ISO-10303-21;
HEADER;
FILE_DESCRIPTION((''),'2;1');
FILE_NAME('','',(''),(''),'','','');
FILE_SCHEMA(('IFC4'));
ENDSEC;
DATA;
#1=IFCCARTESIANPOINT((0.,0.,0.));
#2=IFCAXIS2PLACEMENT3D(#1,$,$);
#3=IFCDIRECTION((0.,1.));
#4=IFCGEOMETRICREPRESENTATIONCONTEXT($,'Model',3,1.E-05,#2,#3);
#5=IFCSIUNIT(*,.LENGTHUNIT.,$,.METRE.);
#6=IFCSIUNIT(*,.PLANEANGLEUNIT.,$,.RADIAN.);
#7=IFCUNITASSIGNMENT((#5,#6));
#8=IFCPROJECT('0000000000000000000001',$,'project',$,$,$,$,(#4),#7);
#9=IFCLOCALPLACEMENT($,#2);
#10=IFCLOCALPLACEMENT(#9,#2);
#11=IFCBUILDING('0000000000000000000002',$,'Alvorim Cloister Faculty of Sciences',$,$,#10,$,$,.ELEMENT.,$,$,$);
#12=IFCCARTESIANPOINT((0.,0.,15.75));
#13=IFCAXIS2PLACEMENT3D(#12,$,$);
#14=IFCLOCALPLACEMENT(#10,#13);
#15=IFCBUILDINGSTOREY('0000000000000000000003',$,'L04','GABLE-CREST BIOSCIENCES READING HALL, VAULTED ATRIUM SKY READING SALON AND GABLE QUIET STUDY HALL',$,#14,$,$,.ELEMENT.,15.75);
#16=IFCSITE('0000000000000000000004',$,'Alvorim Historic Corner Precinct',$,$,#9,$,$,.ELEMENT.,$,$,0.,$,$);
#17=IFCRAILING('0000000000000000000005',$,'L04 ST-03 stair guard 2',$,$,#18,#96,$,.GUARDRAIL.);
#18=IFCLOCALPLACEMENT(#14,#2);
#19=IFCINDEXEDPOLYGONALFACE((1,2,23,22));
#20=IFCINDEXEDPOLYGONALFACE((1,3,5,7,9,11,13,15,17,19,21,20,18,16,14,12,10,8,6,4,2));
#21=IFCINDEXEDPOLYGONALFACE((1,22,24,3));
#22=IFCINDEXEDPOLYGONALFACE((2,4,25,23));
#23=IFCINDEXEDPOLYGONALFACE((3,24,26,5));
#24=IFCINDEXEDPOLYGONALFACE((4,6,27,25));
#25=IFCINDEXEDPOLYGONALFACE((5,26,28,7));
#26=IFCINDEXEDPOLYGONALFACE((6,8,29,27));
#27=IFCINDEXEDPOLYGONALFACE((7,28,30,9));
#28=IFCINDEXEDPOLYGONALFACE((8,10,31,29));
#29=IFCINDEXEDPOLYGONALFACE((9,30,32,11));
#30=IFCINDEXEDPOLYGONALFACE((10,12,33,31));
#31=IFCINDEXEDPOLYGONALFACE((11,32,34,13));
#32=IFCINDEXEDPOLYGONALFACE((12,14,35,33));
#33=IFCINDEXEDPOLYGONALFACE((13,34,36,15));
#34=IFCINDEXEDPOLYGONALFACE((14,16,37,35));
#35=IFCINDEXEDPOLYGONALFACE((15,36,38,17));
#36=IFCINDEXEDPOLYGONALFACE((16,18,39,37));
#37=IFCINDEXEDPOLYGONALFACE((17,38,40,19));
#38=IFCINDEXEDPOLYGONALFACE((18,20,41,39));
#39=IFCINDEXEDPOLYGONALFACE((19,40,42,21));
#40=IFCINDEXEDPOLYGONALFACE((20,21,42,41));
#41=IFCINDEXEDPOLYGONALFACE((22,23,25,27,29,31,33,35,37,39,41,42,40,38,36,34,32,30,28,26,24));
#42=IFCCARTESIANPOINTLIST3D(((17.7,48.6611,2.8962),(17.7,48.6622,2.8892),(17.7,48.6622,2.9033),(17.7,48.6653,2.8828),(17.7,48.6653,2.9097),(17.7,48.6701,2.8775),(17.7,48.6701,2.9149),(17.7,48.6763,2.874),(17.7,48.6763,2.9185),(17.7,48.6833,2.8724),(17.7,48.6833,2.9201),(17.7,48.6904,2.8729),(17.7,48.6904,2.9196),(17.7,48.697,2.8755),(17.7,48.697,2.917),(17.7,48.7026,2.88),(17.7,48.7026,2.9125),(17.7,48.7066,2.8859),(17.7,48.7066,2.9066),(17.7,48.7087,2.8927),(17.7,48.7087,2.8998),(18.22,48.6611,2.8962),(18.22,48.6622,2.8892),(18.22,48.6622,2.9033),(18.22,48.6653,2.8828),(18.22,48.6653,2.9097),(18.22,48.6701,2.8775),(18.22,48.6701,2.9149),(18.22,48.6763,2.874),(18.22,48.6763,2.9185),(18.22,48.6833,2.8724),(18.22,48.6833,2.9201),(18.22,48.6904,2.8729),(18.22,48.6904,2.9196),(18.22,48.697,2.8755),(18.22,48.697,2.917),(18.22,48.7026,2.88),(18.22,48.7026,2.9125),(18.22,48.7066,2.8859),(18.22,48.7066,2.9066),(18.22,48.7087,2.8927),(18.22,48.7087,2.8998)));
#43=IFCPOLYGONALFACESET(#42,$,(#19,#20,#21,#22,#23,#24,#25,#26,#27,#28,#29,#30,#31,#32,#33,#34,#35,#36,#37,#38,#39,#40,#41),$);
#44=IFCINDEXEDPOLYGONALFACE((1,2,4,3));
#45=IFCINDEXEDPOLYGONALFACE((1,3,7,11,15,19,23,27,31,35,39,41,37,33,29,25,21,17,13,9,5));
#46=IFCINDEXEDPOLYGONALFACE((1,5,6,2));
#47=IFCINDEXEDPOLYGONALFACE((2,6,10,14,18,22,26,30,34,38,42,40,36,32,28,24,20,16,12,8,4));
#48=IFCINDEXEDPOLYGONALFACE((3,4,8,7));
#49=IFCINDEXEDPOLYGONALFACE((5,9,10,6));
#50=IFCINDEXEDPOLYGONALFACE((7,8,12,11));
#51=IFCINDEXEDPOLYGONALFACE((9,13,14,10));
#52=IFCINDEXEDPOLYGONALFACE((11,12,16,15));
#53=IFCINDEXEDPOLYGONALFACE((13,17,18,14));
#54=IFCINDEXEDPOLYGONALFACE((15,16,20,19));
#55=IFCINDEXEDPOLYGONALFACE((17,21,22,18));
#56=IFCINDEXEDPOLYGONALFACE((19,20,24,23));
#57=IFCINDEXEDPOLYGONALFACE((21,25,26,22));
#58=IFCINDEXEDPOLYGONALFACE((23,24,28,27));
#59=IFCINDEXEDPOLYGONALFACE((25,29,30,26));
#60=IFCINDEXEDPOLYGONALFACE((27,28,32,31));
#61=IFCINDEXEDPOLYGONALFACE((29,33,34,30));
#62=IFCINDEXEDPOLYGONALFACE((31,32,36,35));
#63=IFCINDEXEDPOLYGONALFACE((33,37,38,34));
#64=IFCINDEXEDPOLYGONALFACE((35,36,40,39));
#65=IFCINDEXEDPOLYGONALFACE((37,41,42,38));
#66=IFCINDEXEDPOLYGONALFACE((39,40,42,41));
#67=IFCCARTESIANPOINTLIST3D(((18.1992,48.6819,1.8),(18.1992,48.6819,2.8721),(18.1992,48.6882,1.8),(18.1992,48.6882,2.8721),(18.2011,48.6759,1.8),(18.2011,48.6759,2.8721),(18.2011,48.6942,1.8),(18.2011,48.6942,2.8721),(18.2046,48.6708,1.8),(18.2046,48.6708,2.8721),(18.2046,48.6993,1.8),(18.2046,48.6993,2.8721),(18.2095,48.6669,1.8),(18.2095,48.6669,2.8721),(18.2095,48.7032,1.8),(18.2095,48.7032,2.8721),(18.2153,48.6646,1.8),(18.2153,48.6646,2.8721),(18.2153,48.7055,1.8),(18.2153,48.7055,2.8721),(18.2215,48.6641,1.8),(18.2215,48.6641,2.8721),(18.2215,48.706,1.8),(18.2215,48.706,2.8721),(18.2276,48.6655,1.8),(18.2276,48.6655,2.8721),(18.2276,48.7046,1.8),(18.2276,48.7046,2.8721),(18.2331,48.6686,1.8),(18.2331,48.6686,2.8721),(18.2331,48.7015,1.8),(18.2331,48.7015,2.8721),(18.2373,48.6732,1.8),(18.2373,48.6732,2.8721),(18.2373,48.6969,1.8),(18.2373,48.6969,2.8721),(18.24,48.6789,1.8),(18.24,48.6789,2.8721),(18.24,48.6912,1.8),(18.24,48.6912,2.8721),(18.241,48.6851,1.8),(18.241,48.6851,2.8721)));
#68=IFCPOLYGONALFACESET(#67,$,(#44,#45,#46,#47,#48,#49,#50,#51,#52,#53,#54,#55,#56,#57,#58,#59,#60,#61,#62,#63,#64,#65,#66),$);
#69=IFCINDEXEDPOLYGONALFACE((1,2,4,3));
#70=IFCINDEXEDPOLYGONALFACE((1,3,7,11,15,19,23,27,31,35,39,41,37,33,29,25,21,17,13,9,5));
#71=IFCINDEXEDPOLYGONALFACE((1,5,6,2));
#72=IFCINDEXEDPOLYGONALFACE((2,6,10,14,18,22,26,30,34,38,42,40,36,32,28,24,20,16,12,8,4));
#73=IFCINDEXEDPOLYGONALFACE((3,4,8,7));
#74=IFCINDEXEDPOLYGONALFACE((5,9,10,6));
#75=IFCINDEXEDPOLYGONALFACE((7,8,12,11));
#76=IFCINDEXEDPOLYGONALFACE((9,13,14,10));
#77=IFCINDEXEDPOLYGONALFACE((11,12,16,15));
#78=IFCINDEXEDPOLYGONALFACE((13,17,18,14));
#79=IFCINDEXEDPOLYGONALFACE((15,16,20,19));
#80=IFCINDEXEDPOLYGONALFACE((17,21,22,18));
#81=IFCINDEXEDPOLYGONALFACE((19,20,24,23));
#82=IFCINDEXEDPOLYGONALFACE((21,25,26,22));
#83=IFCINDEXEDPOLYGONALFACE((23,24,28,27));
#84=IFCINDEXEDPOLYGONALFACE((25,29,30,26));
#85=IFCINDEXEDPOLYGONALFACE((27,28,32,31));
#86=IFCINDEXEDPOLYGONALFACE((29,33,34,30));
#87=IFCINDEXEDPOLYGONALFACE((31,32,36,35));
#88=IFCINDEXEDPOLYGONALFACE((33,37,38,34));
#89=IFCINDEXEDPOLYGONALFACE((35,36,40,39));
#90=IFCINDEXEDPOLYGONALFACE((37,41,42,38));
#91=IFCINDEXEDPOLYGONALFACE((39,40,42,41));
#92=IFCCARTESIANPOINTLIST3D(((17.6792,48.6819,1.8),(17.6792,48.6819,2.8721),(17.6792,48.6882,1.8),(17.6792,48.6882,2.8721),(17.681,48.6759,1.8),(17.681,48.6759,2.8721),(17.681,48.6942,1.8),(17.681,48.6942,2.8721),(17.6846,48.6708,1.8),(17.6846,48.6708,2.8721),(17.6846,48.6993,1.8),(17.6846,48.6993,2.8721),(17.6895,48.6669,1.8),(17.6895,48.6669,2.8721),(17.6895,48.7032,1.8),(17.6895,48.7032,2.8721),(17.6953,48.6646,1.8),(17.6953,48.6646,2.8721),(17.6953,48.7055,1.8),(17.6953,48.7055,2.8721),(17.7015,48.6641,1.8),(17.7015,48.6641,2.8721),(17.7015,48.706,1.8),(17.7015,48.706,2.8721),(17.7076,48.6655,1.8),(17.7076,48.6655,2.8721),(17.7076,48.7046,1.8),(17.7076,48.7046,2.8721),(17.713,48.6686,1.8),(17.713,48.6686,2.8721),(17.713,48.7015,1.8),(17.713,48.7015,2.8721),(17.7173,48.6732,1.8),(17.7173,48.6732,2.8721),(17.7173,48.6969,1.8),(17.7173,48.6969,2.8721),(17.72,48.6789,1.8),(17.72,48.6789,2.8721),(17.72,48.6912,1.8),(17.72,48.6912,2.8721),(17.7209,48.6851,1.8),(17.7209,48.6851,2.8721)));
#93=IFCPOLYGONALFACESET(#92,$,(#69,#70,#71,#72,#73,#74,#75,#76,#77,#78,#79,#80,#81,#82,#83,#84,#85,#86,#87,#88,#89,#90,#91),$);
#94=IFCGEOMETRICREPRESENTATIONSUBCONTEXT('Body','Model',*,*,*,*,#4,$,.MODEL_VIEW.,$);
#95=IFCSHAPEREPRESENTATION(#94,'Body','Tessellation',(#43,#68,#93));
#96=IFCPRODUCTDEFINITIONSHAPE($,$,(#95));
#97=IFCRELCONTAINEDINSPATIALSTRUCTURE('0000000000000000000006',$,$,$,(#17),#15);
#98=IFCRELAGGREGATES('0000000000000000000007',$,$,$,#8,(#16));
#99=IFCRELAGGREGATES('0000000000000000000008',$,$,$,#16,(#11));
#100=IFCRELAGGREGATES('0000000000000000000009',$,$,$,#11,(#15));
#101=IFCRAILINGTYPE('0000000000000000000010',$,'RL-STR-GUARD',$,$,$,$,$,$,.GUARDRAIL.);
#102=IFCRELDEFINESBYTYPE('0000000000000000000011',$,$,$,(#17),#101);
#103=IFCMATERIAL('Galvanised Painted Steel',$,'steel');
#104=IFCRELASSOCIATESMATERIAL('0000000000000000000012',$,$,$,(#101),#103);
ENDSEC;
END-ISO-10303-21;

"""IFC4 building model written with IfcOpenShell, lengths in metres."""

from ifc_helpers import new_model, si_unit, direction, frame, origin, origin_2d, place, context, subcontext, project, spatial, circle, extrude, material, type_object, element, save


model = new_model("IFC4")

# Units and contexts
model_context = context("Model", 3, precision=1e-05, world=origin(), true_north=direction((0.0, 1.0)))
body_context = subcontext(model_context, "Body", "Model", "MODEL_VIEW")
ifc_project = project(units=[si_unit("LENGTHUNIT", "METRE"), si_unit("PLANEANGLEUNIT", "RADIAN")], contexts=[model_context])

# Site, building, storey
site_placement = place(None, origin())
site = spatial("IfcSite", under=ifc_project, at=site_placement, Name="Alvorim Historic Corner Precinct", CompositionType="ELEMENT", RefElevation=0.0)
building_placement = place(site_placement, origin())
building = spatial("IfcBuilding", under=site, at=building_placement, Name="Alvorim Cloister Faculty of Sciences", CompositionType="ELEMENT")
storey_placement = place(building_placement, frame((0.0, 0.0, 15.75)))
storey = spatial("IfcBuildingStorey", under=building, at=storey_placement, Name="L04", Description="GABLE-CREST BIOSCIENCES READING HALL, VAULTED ATRIUM SKY READING SALON AND GABLE QUIET STUDY HALL", CompositionType="ELEMENT", Elevation=15.75)

# Railing
ifc_material_1 = material(Name="Galvanised Painted Steel", Category="steel")
railing_type_1 = type_object("IfcRailingType", Name="RL-STR-GUARD", PredefinedType="GUARDRAIL", material=ifc_material_1)
railing_1_placement = place(storey_placement, frame((18.22, 48.6851, 1.8)))
element("IfcRailing", 1, at=railing_1_placement, inside=storey, type_object=railing_type_1, Name="L04 ST-03 stair guard 2", PredefinedType="GUARDRAIL", context=body_context, shape_type="SweptSolid", body=[
    extrude(circle(Radius=0.0239, at=origin_2d()), frame((0.0, 0.0, 1.0962), z_axis=(-1.0, 0.0, 0.0), x_axis=(0.0, -1.0, 0.0)), (0.0, 0.0, 1.0), 0.52),
    extrude(circle(Radius=0.021, at=origin_2d()), origin(), (0.0, 0.0, 1.0), 1.072),
    extrude(circle(Radius=0.021, at=origin_2d()), frame((-0.52, 0.0, 0.0)), (0.0, 0.0, 1.0), 1.072),
])

save(model, "model.ifc")
